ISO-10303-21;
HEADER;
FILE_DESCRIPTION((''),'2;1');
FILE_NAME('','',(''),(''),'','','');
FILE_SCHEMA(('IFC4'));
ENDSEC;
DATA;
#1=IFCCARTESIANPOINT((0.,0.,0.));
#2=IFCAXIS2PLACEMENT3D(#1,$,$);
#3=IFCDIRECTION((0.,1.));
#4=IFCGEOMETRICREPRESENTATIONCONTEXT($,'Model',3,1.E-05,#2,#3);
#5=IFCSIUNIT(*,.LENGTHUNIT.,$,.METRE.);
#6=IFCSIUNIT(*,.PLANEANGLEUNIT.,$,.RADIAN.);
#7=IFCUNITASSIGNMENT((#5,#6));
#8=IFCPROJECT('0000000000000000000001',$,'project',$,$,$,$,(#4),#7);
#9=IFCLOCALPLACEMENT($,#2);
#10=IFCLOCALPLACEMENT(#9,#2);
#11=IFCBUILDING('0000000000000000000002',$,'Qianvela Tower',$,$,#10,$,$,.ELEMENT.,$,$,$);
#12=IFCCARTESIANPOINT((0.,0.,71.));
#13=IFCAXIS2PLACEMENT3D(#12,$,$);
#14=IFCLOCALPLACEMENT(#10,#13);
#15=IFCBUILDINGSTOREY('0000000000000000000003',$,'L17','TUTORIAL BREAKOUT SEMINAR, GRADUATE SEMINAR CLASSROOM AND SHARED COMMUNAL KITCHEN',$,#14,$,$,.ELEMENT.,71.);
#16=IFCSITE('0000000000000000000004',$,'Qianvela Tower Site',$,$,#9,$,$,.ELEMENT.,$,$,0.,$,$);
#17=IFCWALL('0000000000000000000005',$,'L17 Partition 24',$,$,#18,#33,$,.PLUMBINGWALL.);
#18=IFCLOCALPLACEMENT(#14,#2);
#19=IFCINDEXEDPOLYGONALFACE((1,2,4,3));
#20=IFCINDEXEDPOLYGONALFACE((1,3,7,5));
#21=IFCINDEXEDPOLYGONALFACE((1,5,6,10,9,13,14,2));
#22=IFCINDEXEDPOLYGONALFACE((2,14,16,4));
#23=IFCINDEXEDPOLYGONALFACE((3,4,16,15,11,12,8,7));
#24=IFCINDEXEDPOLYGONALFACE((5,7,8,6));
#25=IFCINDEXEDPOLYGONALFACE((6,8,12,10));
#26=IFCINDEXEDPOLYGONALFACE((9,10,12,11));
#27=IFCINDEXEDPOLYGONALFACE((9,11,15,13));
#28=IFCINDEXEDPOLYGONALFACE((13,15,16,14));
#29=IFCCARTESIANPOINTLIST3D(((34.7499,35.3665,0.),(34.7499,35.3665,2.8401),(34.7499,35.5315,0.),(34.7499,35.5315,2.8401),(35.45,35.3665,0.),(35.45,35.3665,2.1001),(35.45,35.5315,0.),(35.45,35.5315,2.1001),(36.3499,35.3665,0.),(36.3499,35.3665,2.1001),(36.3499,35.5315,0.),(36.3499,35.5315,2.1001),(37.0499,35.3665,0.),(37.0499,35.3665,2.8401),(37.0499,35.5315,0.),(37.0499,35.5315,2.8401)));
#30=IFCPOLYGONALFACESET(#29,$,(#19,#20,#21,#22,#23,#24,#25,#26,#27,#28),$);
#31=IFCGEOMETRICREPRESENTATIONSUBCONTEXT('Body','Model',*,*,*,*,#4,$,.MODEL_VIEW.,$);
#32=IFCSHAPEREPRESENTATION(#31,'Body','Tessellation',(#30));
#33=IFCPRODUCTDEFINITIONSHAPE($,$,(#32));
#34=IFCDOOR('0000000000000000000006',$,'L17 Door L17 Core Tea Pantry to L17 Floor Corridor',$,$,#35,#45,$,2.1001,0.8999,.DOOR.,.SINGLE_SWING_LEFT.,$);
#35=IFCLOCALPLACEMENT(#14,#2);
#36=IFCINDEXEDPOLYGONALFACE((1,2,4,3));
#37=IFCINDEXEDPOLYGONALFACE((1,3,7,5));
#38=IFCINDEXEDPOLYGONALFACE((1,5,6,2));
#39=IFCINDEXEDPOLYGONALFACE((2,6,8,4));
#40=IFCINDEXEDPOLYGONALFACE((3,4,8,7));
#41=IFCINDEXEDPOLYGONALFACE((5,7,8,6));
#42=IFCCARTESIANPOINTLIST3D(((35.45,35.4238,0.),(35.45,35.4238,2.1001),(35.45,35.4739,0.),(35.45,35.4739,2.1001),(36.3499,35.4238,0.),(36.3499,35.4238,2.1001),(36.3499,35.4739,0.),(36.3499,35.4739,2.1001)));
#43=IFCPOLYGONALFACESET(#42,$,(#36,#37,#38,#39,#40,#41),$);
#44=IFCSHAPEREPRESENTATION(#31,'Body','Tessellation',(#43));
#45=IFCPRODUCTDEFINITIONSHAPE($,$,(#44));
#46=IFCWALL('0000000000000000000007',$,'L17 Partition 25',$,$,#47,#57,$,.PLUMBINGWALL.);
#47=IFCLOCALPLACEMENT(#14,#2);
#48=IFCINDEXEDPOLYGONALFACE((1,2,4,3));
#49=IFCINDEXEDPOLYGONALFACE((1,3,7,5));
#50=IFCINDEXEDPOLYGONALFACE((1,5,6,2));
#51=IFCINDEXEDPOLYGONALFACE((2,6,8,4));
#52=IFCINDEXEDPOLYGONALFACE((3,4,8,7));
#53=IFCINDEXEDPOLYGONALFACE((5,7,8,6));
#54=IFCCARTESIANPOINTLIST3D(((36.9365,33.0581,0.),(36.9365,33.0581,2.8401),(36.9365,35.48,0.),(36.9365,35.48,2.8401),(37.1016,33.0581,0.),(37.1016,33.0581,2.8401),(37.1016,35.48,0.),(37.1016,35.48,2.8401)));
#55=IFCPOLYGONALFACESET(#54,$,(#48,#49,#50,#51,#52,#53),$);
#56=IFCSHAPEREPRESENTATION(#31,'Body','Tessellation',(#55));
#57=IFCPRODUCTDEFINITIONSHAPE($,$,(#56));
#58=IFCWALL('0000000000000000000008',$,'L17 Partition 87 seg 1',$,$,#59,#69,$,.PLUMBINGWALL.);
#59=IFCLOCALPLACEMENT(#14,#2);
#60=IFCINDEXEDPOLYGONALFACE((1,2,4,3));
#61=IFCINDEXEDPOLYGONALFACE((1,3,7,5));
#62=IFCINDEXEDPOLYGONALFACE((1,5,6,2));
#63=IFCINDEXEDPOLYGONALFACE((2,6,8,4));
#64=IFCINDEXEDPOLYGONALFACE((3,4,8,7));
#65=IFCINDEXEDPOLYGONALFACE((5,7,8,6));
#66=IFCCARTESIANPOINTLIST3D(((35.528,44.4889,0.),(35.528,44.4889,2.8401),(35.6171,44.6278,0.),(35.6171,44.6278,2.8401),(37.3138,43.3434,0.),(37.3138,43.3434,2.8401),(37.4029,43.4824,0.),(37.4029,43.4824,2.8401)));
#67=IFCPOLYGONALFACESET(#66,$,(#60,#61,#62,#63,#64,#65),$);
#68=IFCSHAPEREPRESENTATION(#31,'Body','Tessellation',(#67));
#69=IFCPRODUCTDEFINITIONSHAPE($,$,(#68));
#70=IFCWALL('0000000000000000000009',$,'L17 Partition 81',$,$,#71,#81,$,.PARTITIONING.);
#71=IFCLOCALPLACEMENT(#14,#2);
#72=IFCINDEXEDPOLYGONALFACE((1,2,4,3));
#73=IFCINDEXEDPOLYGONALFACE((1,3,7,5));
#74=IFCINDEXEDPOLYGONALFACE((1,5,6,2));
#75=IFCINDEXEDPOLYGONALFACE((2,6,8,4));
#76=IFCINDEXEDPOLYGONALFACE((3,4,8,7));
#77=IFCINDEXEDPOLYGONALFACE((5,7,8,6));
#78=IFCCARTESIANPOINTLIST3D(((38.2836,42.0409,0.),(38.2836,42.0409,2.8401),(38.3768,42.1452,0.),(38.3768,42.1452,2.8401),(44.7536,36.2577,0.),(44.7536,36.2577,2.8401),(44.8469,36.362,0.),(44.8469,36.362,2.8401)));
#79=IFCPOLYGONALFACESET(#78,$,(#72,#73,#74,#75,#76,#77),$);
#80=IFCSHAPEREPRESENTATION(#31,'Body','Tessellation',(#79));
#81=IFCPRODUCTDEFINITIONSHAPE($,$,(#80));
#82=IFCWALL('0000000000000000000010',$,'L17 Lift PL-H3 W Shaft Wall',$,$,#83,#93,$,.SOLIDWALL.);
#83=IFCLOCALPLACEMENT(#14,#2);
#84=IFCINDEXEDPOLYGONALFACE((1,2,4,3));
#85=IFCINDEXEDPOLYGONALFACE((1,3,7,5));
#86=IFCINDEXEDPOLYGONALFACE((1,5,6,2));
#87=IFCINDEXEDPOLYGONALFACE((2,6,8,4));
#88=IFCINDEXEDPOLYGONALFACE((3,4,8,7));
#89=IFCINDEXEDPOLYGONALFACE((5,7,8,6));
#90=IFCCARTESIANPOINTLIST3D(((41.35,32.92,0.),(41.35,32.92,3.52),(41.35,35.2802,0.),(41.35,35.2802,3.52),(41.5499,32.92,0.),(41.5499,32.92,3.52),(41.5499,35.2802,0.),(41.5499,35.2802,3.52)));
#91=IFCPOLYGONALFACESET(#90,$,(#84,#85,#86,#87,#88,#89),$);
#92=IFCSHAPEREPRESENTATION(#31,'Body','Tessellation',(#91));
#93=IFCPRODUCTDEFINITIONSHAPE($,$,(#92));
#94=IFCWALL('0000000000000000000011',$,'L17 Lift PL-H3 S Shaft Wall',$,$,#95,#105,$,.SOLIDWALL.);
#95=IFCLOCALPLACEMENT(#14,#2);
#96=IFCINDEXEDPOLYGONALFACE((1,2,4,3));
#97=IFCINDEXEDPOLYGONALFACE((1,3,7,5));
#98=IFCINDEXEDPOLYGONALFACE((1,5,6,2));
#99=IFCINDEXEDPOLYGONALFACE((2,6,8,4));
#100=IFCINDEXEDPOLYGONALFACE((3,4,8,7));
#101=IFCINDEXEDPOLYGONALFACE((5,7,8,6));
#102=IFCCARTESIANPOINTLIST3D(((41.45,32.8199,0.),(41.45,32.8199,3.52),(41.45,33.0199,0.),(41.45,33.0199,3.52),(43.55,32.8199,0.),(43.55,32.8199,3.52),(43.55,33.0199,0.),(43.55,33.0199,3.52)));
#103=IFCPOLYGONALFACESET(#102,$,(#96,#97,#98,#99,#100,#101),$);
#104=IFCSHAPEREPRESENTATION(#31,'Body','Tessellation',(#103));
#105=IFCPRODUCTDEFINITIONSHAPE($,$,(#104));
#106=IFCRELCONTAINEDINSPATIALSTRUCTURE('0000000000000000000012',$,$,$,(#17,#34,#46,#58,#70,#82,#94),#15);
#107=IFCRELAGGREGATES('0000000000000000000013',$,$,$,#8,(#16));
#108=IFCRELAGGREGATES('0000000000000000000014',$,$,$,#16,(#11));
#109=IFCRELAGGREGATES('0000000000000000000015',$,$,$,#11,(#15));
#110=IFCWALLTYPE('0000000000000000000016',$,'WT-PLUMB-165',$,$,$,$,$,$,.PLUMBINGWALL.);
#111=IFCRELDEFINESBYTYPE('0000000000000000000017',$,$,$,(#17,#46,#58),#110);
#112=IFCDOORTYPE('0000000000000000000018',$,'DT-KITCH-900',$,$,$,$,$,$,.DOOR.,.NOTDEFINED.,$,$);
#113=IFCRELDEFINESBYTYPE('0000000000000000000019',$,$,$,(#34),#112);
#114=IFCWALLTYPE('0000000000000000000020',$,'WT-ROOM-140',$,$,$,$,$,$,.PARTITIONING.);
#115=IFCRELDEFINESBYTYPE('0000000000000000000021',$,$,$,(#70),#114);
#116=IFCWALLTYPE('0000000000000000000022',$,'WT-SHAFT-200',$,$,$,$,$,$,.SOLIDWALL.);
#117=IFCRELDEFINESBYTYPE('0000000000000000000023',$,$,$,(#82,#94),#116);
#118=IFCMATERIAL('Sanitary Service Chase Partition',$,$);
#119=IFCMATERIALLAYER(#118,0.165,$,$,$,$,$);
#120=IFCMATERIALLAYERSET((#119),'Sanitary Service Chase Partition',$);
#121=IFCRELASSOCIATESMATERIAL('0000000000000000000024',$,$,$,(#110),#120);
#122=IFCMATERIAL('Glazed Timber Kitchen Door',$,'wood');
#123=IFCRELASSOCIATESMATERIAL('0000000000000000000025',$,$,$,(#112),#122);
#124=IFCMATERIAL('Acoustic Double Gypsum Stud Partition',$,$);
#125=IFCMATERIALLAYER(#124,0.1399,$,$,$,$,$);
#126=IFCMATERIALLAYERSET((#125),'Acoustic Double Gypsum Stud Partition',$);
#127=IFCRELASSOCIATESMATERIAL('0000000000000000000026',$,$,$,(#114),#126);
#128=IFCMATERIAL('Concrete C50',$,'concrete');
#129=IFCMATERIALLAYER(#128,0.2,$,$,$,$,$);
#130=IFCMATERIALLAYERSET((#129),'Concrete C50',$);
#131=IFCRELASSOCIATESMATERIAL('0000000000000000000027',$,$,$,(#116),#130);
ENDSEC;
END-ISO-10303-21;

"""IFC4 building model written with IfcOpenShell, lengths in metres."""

from ifc_helpers import new_model, si_unit, direction, frame, frame_2d, origin, place, context, subcontext, project, spatial, rectangle, extrude, material, layer, layer_set, type_object, element, fill, save


model = new_model("IFC4")

# Units and contexts
model_context = context("Model", 3, precision=1e-05, world=origin(), true_north=direction((0.0, 1.0)))
body_context = subcontext(model_context, "Body", "Model", "MODEL_VIEW")
ifc_project = project(units=[si_unit("LENGTHUNIT", "METRE"), si_unit("PLANEANGLEUNIT", "RADIAN")], contexts=[model_context])

# Site, building, storey
site_placement = place(None, origin())
site = spatial("IfcSite", under=ifc_project, at=site_placement, Name="Qianvela Tower Site", CompositionType="ELEMENT", RefElevation=0.0)
building_placement = place(site_placement, origin())
building = spatial("IfcBuilding", under=site, at=building_placement, Name="Qianvela Tower", CompositionType="ELEMENT")
storey_placement = place(building_placement, frame((0.0, 0.0, 71.0)))
storey = spatial("IfcBuildingStorey", under=building, at=storey_placement, Name="L17", Description="TUTORIAL BREAKOUT SEMINAR, GRADUATE SEMINAR CLASSROOM AND SHARED COMMUNAL KITCHEN", CompositionType="ELEMENT", Elevation=71.0)

# Shared definitions
ifc_material_1 = material(Name="Sanitary Service Chase Partition")
ifc_layer_1 = layer(ifc_material_1, 0.165)
ifc_layer_set_1 = layer_set([ifc_layer_1], Name="Sanitary Service Chase Partition")
wall_type_1 = type_object("IfcWallType", Name="WT-PLUMB-165", PredefinedType="PLUMBINGWALL", material=ifc_layer_set_1)

# Wall, opening, door
wall_1_placement = place(storey_placement, frame((34.75, 35.449, 0.0), z_axis=(0.0, 0.0, 1.0), x_axis=(1.0, 0.0, 0.0)))
wall_1 = element("IfcWall", 1, at=wall_1_placement, inside=storey, type_object=wall_type_1, Name="L17 Partition 24", PredefinedType="PLUMBINGWALL", context=body_context, shape_type="SweptSolid", body=[
    extrude(rectangle(XDim=2.3, YDim=0.165, at=frame_2d((1.1499, 0.0))), origin(), (0.0, 0.0, 1.0), 2.8401),
])
opening_1_placement = place(wall_1_placement, frame((0.7, 0.0, 0.0)))
opening_1 = element("IfcOpeningElement", 2, at=opening_1_placement, cuts=wall_1, PredefinedType="OPENING", context=body_context, shape_type="SweptSolid", body=[
    extrude(rectangle(XDim=0.8999, YDim=2.1001, at=frame_2d((0.45, 1.05))), frame((0.0, 0.0925, 0.0), z_axis=(0.0, -1.0, 0.0), x_axis=(1.0, 0.0, 0.0)), (0.0, 0.0, 1.0), 0.1851),
])
ifc_material_2 = material(Name="Glazed Timber Kitchen Door", Category="wood")
door_type_1 = type_object("IfcDoorType", Name="DT-KITCH-900", OperationType="NOTDEFINED", PredefinedType="DOOR", material=ifc_material_2)
door_1_placement = place(opening_1_placement, origin())
door_1 = element("IfcDoor", 3, at=door_1_placement, inside=storey, type_object=door_type_1, Name="L17 Door L17 Core Tea Pantry to L17 Floor Corridor", OperationType="SINGLE_SWING_LEFT", OverallHeight=2.1001, OverallWidth=0.8999, PredefinedType="DOOR", context=body_context, shape_type="SweptSolid", body=[
    extrude(rectangle(XDim=0.8999, YDim=2.1001, at=frame_2d((0.45, 1.05))), frame((0.0, 0.0249, 0.0), z_axis=(0.0, -1.0, 0.0), x_axis=(1.0, 0.0, 0.0)), (0.0, 0.0, 1.0), 0.05),
])
fill(opening_1, door_1)

# Walls
wall_2_placement = place(storey_placement, frame((37.019, 35.48, 0.0), z_axis=(0.0, 0.0, 1.0), x_axis=(0.0, -1.0, 0.0)))
element("IfcWall", 4, at=wall_2_placement, inside=storey, type_object=wall_type_1, Name="L17 Partition 25", PredefinedType="PLUMBINGWALL", context=body_context, shape_type="SweptSolid", body=[
    extrude(rectangle(XDim=2.4219, YDim=0.165, at=frame_2d((1.2109, 0.0))), origin(), (0.0, 0.0, 1.0), 2.8401),
])
wall_3_placement = place(storey_placement, frame((35.5725, 44.5583, 0.0), z_axis=(0.0, 0.0, 1.0), x_axis=(0.841728, -0.539902, 0.0)))
element("IfcWall", 5, at=wall_3_placement, inside=storey, type_object=wall_type_1, Name="L17 Partition 87 seg 1", PredefinedType="PLUMBINGWALL", context=body_context, shape_type="SweptSolid", body=[
    extrude(rectangle(XDim=2.1216, YDim=0.165, at=frame_2d((1.0608, 0.0))), origin(), (0.0, 0.0, 1.0), 2.8401),
])
ifc_material_3 = material(Name="Acoustic Double Gypsum Stud Partition")
ifc_layer_2 = layer(ifc_material_3, 0.1399)
ifc_layer_set_2 = layer_set([ifc_layer_2], Name="Acoustic Double Gypsum Stud Partition")
wall_type_2 = type_object("IfcWallType", Name="WT-ROOM-140", PredefinedType="PARTITIONING", material=ifc_layer_set_2)
wall_4_placement = place(storey_placement, frame((38.3303, 42.093, 0.0), z_axis=(0.0, 0.0, 1.0), x_axis=(0.745569, -0.666429, 0.0)))
element("IfcWall", 6, at=wall_4_placement, inside=storey, type_object=wall_type_2, Name="L17 Partition 81", PredefinedType="PARTITIONING", context=body_context, shape_type="SweptSolid", body=[
    extrude(rectangle(XDim=8.678, YDim=0.1399, at=frame_2d((4.3389, 0.0))), origin(), (0.0, 0.0, 1.0), 2.8401),
])
ifc_material_4 = material(Name="Concrete C50", Category="concrete")
ifc_layer_3 = layer(ifc_material_4, 0.2)
ifc_layer_set_3 = layer_set([ifc_layer_3], Name="Concrete C50")
wall_type_3 = type_object("IfcWallType", Name="WT-SHAFT-200", PredefinedType="SOLIDWALL", material=ifc_layer_set_3)
wall_5_placement = place(storey_placement, frame((41.45, 32.9199, 0.0), z_axis=(0.0, 0.0, 1.0), x_axis=(0.0, 1.0, 0.0)))
element("IfcWall", 7, at=wall_5_placement, inside=storey, type_object=wall_type_3, Name="L17 Lift PL-H3 W Shaft Wall", PredefinedType="SOLIDWALL", context=body_context, shape_type="SweptSolid", body=[
    extrude(rectangle(XDim=2.3601, YDim=0.2, at=frame_2d((1.1802, 0.0))), origin(), (0.0, 0.0, 1.0), 3.52),
])
wall_6_placement = place(storey_placement, frame((41.45, 32.9199, 0.0), z_axis=(0.0, 0.0, 1.0), x_axis=(1.0, 0.0, 0.0)))
element("IfcWall", 8, at=wall_6_placement, inside=storey, type_object=wall_type_3, Name="L17 Lift PL-H3 S Shaft Wall", PredefinedType="SOLIDWALL", context=body_context, shape_type="SweptSolid", body=[
    extrude(rectangle(XDim=2.1001, YDim=0.2, at=frame_2d((1.05, 0.0))), origin(), (0.0, 0.0, 1.0), 3.52),
])

save(model, "model.ifc")
